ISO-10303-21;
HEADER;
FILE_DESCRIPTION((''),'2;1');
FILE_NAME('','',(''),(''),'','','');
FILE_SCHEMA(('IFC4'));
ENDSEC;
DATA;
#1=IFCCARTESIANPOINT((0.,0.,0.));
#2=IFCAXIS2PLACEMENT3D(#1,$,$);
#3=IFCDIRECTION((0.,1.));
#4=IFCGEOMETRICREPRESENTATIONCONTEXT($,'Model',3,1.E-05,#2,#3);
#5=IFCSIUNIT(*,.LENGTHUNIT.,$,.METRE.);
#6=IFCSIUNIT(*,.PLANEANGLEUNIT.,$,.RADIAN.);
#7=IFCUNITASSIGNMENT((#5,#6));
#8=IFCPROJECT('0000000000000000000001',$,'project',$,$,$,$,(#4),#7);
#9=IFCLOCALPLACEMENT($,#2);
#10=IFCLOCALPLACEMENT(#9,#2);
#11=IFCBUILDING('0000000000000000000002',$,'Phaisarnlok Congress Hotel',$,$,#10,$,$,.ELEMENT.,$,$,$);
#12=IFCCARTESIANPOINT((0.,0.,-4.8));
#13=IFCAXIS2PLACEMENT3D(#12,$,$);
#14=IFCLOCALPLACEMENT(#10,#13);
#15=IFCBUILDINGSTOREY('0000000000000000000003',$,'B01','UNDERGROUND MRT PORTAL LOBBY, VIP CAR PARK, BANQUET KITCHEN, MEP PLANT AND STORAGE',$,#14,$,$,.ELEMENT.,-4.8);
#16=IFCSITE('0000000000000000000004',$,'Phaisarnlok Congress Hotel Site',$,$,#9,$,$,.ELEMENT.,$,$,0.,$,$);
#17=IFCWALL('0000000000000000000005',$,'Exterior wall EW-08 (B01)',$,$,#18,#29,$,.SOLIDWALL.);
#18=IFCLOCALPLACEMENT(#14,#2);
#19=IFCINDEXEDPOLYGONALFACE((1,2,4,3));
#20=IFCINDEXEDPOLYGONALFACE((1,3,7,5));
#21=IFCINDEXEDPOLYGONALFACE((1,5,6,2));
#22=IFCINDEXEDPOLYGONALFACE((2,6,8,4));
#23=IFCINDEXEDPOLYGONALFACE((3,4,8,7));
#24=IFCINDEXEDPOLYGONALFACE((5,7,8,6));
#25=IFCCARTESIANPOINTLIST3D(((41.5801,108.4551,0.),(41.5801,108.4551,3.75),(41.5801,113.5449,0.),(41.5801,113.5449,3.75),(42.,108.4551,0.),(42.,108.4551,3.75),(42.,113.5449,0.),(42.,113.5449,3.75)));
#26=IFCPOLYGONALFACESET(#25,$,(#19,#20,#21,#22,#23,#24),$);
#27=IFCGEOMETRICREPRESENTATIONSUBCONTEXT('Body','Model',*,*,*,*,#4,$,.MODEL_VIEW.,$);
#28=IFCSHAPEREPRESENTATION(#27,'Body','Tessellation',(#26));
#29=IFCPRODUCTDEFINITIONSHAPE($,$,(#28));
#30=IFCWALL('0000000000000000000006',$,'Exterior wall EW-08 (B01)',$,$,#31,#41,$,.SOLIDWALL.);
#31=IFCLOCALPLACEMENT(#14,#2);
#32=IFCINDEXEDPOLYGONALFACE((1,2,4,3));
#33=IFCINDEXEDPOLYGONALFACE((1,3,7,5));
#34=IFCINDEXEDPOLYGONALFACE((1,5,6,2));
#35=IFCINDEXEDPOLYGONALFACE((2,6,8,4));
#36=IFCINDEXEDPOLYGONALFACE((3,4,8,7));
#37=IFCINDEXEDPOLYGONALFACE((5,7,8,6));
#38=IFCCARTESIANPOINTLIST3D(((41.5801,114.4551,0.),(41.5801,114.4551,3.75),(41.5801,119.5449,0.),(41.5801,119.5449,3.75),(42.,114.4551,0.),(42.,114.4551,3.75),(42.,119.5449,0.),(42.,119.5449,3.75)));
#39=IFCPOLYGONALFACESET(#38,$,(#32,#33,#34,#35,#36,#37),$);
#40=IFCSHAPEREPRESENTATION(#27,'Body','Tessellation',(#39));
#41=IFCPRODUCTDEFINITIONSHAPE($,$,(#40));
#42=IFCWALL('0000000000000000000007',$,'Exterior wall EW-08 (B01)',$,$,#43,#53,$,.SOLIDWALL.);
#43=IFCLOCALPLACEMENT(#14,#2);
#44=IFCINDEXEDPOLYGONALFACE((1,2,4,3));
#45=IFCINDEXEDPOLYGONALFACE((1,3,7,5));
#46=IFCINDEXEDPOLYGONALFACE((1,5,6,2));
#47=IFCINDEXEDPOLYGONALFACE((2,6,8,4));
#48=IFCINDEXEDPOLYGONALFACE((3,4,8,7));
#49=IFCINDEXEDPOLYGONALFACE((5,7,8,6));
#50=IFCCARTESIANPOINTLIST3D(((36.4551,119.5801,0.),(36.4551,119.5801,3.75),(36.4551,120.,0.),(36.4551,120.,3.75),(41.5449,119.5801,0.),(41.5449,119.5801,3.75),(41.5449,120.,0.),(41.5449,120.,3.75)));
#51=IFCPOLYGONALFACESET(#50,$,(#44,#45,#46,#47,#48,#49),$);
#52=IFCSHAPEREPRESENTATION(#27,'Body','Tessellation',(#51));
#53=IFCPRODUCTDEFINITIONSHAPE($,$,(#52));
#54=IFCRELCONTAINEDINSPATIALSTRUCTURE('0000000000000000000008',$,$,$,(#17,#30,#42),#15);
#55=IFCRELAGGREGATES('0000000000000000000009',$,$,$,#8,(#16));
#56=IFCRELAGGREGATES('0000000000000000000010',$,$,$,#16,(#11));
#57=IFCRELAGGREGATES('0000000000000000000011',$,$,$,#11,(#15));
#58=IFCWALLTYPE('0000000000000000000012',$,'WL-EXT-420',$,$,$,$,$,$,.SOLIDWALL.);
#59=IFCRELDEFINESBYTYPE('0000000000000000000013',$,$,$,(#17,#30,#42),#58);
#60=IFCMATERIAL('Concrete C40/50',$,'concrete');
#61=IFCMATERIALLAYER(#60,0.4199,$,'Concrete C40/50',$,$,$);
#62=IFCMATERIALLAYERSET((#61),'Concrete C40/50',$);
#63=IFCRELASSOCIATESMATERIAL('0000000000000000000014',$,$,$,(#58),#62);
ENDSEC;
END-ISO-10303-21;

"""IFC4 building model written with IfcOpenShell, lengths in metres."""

from ifc_helpers import new_model, si_unit, direction, frame, frame_2d, origin, place, context, subcontext, project, spatial, rectangle, extrude, material, layer, layer_set, type_object, element, save


model = new_model("IFC4")

# Units and contexts
model_context = context("Model", 3, precision=1e-05, world=origin(), true_north=direction((0.0, 1.0)))
body_context = subcontext(model_context, "Body", "Model", "MODEL_VIEW")
ifc_project = project(units=[si_unit("LENGTHUNIT", "METRE"), si_unit("PLANEANGLEUNIT", "RADIAN")], contexts=[model_context])

# Site, building, storey
site_placement = place(None, origin())
site = spatial("IfcSite", under=ifc_project, at=site_placement, Name="Phaisarnlok Congress Hotel Site", CompositionType="ELEMENT", RefElevation=0.0)
building_placement = place(site_placement, origin())
building = spatial("IfcBuilding", under=site, at=building_placement, Name="Phaisarnlok Congress Hotel", CompositionType="ELEMENT")
storey_placement = place(building_placement, frame((0.0, 0.0, -4.8)))
storey = spatial("IfcBuildingStorey", under=building, at=storey_placement, Name="B01", Description="UNDERGROUND MRT PORTAL LOBBY, VIP CAR PARK, BANQUET KITCHEN, MEP PLANT AND STORAGE", CompositionType="ELEMENT", Elevation=-4.8)

# Shared definitions
ifc_material_1 = material(Name="Concrete C40/50", Category="concrete")

# Walls
ifc_layer = layer(ifc_material_1, 0.4199, Name="Concrete C40/50")
ifc_layer_set = layer_set([ifc_layer], Name="Concrete C40/50")
wall_type = type_object("IfcWallType", Name="WL-EXT-420", PredefinedType="SOLIDWALL", material=ifc_layer_set)
for number, where, z_axis, x_axis, name in (
    (1, (41.79, 108.4551, 0.0), (0.0, 0.0, 1.0), (0.0, 1.0, 0.0), "Exterior wall EW-08 (B01)"),
    (2, (41.79, 114.4551, 0.0), (0.0, 0.0, 1.0), (0.0, 1.0, 0.0), "Exterior wall EW-08 (B01)"),
    (3, (41.5449, 119.79, 0.0), (0.0, 0.0, 1.0), (-1.0, 0.0, 0.0), "Exterior wall EW-08 (B01)"),
):
    element("IfcWall", number, at=place(storey_placement, frame(where, z_axis=z_axis, x_axis=x_axis)), inside=storey, type_object=wall_type, Name=name, PredefinedType="SOLIDWALL", context=body_context, shape_type="SweptSolid", body=[
        extrude(rectangle(XDim=5.0898, YDim=0.4199, at=frame_2d((2.5449, 0.0))), origin(), (0.0, 0.0, 1.0), 3.75),
    ])

save(model, "model.ifc")
